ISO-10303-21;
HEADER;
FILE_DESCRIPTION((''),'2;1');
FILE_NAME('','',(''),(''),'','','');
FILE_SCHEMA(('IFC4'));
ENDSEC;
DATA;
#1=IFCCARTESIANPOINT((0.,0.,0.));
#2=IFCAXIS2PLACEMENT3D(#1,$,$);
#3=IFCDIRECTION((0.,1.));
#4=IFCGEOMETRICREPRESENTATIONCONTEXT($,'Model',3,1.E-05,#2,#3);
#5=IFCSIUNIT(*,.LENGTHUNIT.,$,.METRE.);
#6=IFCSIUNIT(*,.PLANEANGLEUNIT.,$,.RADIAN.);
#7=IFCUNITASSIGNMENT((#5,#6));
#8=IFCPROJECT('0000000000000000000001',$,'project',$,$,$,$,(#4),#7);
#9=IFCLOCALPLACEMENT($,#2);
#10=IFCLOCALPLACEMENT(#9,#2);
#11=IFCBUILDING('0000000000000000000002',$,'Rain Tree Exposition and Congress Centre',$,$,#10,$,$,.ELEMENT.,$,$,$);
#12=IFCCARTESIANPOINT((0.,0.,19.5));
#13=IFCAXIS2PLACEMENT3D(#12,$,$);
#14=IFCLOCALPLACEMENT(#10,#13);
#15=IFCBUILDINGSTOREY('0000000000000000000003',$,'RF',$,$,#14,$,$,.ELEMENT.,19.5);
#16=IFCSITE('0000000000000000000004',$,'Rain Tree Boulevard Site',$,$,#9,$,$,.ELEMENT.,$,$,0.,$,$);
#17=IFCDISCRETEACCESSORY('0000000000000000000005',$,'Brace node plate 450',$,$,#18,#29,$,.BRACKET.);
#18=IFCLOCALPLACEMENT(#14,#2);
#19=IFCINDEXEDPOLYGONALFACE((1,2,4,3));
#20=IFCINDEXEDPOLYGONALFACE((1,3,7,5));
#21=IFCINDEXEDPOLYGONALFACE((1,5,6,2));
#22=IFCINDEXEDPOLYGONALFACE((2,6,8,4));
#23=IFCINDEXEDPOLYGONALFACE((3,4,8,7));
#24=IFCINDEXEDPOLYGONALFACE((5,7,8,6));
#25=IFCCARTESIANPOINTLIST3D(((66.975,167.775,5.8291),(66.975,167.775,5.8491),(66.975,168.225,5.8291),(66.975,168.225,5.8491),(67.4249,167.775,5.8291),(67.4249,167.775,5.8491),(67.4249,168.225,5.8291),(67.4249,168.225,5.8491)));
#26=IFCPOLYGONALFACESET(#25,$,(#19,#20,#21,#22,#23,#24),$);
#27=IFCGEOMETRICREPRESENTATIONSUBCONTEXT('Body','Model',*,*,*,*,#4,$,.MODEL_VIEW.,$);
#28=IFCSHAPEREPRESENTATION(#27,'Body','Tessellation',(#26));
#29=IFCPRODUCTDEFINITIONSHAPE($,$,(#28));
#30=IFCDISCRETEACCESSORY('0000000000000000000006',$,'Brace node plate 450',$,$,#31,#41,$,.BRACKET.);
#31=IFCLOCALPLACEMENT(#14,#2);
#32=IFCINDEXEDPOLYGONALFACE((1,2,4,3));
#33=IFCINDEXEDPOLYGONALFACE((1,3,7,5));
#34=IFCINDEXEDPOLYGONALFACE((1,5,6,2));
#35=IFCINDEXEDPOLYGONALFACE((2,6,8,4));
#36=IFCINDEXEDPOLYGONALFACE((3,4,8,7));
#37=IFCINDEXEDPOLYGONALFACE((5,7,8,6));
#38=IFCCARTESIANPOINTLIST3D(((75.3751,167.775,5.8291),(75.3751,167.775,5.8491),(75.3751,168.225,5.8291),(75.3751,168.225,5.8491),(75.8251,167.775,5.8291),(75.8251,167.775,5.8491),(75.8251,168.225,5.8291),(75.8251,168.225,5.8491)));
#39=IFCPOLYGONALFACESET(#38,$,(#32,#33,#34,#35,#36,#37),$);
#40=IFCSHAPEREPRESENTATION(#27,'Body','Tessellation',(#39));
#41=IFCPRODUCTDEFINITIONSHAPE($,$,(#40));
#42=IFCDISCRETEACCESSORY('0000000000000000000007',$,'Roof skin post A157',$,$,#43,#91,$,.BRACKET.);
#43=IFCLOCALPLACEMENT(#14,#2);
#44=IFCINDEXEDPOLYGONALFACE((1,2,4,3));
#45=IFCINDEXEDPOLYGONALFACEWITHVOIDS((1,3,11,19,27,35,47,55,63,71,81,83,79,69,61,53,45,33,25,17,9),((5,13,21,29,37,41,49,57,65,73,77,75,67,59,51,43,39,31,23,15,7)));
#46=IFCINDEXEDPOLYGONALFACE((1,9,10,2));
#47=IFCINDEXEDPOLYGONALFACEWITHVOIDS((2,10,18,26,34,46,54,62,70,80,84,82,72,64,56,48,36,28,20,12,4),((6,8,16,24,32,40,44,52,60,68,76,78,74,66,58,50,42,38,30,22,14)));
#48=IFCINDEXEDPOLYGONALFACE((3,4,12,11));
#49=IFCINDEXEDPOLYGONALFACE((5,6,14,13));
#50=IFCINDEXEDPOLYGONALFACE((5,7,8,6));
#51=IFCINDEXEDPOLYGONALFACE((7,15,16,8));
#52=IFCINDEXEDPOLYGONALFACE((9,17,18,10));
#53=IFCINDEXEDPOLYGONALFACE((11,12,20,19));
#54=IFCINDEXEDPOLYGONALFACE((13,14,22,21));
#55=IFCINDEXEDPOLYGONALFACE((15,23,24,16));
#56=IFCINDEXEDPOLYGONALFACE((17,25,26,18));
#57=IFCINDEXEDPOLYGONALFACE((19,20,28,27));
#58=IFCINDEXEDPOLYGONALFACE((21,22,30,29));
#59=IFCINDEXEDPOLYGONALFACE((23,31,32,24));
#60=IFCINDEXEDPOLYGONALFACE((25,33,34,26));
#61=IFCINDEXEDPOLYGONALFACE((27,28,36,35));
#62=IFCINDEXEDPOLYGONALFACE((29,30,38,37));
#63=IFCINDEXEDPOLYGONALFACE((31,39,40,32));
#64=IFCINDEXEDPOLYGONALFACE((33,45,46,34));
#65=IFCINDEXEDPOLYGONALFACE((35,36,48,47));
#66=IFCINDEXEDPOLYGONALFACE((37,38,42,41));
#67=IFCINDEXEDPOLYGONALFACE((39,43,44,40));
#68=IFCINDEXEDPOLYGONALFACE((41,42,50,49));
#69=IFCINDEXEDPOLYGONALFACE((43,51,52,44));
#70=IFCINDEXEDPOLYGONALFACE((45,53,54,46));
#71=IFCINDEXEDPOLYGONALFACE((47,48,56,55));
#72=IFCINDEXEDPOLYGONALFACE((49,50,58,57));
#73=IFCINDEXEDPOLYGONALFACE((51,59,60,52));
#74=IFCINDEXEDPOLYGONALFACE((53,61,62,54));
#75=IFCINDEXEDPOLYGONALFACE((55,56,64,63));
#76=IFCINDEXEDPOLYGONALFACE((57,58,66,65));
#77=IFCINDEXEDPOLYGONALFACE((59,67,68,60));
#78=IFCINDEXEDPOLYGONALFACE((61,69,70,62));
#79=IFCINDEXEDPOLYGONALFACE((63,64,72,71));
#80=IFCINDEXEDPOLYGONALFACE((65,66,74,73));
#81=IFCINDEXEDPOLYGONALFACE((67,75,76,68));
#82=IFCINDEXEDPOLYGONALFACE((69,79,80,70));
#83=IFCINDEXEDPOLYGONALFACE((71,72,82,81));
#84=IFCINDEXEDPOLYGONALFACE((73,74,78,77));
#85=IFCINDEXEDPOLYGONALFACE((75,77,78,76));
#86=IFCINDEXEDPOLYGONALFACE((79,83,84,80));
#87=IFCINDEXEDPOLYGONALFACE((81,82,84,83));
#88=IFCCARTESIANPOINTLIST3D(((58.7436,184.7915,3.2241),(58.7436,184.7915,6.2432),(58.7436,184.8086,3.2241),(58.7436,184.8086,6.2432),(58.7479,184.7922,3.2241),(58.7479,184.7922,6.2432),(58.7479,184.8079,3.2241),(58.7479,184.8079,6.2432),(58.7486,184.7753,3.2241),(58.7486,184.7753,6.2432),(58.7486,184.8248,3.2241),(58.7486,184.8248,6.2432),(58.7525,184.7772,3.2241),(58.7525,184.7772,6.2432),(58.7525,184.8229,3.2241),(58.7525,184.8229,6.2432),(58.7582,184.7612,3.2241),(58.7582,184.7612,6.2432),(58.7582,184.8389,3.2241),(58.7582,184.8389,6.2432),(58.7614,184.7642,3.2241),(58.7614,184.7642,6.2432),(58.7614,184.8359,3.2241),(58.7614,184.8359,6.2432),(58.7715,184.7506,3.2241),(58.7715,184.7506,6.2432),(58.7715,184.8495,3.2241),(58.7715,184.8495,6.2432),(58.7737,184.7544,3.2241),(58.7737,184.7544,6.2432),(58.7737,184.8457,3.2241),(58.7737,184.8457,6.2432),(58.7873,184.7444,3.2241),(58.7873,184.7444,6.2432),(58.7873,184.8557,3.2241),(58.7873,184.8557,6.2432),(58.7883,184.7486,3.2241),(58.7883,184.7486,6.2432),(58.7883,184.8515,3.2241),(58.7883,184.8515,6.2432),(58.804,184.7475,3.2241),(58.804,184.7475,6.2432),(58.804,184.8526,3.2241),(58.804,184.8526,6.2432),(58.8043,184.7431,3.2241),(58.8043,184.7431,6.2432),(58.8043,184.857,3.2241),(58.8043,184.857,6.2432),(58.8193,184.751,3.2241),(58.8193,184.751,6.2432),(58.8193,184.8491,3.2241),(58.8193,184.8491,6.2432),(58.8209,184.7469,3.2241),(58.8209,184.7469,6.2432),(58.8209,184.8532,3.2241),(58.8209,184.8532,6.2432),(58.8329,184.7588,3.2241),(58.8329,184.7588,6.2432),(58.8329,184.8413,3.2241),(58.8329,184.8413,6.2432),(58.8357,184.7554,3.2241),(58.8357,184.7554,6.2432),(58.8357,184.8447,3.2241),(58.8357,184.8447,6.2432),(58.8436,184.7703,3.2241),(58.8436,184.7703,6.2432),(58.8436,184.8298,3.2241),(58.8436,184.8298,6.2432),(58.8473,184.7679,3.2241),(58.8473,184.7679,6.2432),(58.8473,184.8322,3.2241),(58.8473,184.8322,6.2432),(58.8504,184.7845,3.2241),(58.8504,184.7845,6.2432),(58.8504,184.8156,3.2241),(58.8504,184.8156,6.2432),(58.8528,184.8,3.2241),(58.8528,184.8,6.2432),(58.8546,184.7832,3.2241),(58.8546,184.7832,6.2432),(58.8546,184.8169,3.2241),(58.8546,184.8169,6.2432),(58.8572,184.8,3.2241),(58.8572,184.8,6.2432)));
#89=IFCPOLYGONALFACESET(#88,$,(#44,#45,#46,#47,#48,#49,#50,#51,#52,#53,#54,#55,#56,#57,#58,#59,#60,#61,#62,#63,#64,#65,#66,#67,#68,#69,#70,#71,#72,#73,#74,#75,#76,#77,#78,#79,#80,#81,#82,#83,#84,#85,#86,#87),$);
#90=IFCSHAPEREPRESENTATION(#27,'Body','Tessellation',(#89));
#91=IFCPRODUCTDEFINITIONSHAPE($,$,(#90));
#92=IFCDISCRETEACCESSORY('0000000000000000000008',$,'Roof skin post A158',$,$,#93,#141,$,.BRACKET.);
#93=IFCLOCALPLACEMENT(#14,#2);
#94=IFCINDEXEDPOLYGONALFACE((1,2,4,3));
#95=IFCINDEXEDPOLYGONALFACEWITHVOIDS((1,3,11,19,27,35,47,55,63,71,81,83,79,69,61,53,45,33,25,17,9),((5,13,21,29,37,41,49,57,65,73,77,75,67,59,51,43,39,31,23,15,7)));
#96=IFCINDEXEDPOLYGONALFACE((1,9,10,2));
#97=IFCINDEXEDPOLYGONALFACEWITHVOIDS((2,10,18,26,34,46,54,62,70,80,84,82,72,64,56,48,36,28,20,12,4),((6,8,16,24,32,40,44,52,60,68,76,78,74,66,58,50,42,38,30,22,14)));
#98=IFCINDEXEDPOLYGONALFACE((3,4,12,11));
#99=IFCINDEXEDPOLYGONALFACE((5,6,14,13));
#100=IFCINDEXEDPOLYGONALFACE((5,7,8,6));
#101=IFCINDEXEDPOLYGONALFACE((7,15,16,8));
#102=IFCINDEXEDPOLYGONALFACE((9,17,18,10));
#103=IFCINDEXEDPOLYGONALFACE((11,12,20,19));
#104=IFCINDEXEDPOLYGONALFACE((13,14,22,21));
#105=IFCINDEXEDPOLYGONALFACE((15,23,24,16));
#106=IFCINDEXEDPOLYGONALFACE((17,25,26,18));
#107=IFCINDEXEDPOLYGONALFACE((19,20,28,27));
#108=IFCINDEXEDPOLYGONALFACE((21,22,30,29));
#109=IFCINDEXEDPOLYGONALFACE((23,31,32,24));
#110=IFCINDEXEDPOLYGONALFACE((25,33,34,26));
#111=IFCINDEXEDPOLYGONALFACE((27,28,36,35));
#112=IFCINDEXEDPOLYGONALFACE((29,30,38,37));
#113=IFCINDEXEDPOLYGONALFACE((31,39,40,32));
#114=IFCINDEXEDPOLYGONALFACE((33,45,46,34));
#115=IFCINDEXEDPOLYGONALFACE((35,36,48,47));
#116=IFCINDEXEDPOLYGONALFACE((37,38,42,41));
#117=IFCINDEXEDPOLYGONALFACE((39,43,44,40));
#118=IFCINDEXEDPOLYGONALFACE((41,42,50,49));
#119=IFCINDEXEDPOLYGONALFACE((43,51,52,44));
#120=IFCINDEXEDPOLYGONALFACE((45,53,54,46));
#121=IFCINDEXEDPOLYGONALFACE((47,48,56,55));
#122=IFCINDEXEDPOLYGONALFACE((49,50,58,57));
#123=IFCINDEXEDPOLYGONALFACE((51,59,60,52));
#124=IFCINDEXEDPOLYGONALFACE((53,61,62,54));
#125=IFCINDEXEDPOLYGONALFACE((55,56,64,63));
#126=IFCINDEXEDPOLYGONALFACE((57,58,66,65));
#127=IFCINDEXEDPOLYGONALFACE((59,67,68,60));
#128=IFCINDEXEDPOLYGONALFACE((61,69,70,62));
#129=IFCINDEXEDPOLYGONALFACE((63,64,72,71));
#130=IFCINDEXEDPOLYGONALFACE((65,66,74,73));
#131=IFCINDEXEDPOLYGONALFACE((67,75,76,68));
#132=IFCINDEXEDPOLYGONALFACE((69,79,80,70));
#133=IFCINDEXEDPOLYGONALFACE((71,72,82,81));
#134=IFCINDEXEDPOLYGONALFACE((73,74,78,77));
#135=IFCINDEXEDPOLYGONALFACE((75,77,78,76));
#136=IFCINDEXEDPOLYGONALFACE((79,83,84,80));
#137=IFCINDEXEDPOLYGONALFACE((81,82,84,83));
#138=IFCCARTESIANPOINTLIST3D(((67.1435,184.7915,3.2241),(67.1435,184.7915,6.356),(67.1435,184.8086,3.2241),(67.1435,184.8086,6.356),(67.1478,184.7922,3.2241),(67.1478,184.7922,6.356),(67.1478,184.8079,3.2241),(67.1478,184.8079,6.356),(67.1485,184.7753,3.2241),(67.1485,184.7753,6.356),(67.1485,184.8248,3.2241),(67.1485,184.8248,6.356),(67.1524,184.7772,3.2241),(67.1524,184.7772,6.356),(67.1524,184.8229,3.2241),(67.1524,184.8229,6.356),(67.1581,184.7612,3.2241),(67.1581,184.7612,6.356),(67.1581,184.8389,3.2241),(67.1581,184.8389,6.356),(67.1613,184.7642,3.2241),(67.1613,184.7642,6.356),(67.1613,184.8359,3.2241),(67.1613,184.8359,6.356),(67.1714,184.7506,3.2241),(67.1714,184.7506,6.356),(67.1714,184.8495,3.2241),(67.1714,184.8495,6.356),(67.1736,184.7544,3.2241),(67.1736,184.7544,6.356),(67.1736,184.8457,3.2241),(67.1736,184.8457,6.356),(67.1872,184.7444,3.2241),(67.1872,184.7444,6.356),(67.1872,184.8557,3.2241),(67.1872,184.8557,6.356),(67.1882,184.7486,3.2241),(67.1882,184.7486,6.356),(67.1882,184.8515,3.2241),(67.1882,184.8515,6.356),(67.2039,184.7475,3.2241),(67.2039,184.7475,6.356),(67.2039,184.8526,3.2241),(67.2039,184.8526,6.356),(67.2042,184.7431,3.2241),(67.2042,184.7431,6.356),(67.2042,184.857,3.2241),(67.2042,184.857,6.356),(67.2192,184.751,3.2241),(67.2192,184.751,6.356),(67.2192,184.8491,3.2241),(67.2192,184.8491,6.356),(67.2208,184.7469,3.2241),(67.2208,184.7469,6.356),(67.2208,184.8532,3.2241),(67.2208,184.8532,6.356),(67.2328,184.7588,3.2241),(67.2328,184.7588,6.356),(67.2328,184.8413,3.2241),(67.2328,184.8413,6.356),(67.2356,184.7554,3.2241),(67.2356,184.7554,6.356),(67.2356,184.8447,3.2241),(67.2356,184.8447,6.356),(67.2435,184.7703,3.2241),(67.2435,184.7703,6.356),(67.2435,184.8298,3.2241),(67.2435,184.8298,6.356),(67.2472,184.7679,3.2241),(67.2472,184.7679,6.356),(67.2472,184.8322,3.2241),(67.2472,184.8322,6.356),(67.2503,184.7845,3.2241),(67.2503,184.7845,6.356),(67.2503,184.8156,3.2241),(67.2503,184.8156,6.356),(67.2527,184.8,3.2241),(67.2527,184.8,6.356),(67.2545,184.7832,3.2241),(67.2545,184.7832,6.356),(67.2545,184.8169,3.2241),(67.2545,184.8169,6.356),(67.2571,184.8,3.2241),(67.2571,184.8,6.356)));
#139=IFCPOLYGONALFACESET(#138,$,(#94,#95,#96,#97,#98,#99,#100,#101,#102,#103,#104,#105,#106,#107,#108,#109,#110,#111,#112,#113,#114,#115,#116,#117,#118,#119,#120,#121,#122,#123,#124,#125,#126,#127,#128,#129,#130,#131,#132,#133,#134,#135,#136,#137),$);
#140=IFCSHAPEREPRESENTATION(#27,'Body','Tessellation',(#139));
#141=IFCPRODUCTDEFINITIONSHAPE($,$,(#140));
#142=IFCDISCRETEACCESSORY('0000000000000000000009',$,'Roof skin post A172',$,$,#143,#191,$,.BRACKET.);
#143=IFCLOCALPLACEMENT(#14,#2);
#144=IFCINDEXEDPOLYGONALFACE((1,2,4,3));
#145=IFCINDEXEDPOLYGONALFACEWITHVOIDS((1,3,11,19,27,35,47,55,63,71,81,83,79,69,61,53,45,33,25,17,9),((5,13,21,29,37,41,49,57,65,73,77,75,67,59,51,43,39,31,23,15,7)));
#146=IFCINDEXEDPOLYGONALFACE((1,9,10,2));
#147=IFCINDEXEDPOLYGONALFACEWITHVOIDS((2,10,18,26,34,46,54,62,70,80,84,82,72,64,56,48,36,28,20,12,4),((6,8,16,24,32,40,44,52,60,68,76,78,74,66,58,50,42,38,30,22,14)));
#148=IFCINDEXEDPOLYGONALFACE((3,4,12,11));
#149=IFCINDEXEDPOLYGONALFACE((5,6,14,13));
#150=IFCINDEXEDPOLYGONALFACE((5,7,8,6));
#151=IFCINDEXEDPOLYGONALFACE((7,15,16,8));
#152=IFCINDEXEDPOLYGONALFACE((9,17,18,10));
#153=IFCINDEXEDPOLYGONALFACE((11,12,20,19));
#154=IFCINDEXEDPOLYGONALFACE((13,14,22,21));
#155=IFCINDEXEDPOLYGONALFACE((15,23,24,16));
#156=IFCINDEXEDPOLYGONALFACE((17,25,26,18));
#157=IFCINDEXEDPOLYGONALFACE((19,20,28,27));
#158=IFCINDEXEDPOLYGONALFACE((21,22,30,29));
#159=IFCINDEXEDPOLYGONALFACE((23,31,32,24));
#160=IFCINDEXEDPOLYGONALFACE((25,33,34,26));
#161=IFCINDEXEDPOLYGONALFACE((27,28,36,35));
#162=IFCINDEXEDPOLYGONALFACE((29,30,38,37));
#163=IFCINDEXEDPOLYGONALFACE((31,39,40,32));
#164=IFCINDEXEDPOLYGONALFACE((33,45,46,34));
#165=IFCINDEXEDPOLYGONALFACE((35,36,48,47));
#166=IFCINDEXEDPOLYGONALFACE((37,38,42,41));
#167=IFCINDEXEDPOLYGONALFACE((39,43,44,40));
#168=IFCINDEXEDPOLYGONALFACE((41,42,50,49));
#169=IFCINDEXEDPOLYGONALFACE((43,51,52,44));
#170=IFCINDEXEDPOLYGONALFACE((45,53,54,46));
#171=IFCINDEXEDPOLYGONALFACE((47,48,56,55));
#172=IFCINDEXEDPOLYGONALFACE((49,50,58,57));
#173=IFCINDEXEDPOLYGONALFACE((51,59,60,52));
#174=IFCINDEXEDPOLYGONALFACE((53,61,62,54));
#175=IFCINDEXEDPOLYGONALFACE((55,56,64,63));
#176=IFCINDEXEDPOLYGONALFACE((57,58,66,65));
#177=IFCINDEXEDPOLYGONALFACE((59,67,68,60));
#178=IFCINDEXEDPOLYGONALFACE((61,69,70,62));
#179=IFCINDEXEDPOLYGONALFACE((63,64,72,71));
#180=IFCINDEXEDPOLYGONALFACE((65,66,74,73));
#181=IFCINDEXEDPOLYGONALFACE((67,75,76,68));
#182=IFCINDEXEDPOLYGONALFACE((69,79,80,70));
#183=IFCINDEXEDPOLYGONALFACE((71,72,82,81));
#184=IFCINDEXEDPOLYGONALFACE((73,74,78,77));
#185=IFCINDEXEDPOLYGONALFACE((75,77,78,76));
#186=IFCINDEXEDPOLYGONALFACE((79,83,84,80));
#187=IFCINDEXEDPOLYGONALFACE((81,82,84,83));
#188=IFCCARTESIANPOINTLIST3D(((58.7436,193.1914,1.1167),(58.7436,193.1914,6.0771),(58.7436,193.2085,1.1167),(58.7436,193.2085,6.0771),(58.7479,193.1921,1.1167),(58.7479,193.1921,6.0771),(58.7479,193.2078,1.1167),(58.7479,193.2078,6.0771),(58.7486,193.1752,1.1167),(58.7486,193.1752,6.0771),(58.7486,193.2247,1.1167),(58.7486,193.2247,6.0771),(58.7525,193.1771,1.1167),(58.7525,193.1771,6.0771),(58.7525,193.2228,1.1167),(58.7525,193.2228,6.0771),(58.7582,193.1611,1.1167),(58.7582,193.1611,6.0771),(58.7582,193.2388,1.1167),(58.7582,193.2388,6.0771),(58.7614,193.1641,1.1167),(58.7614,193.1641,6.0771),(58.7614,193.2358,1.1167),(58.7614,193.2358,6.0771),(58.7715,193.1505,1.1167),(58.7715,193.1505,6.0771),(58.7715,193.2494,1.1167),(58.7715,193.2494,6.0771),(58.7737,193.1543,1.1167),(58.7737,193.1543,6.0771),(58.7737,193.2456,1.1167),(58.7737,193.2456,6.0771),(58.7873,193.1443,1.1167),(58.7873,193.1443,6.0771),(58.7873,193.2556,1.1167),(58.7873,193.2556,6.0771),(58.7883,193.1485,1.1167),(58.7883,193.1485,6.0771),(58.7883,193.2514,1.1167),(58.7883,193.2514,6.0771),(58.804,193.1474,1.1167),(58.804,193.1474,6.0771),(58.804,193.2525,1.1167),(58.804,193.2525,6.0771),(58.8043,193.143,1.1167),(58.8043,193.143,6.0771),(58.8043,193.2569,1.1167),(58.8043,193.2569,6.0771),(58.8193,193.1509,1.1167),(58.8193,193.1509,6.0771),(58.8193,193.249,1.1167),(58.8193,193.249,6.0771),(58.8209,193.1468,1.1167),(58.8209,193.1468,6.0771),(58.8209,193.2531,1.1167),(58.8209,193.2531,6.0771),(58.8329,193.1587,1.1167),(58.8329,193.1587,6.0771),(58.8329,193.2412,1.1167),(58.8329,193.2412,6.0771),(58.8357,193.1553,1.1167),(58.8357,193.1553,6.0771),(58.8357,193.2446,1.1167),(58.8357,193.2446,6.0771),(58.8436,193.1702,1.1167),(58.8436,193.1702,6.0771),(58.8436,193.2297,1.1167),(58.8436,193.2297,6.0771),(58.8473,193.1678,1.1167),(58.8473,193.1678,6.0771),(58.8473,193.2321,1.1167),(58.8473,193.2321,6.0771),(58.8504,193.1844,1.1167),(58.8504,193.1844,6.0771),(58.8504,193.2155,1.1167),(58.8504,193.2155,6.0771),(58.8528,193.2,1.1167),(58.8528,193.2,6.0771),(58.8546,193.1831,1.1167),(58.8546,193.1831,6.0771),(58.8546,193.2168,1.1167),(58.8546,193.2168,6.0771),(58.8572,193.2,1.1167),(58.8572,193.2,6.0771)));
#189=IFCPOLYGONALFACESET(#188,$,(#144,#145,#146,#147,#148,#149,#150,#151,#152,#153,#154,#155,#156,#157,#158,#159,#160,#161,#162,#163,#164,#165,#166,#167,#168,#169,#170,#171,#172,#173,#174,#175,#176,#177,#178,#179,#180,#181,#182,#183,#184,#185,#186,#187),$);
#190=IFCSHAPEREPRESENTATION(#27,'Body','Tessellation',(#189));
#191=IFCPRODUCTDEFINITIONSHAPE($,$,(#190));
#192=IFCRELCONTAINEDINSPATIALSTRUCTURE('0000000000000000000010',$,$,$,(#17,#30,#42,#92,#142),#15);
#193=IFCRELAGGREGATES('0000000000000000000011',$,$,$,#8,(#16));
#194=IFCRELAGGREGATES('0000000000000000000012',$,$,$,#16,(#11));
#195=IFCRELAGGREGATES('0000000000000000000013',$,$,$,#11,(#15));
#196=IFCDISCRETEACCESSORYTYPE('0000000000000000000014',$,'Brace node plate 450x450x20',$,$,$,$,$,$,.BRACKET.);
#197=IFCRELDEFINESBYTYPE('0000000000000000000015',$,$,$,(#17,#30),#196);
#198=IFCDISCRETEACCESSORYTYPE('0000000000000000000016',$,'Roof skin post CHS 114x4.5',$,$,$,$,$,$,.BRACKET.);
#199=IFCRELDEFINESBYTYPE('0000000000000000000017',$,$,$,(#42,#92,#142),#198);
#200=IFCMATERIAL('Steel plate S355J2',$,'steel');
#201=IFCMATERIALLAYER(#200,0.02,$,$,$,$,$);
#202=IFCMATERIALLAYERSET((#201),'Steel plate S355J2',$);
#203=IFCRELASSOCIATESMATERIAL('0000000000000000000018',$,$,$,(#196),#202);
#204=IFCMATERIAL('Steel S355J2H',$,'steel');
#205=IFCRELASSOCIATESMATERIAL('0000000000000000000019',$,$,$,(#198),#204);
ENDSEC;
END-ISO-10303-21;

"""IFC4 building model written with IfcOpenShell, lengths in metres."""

from ifc_helpers import new_model, si_unit, direction, frame, origin, origin_2d, place, context, subcontext, project, spatial, rectangle, hollow_circle, extrude, material, layer, layer_set, material_profile, profile_set, type_object, element, save


model = new_model("IFC4")

# Units and contexts
model_context = context("Model", 3, precision=1e-05, world=origin(), true_north=direction((0.0, 1.0)))
body_context = subcontext(model_context, "Body", "Model", "MODEL_VIEW")
ifc_project = project(units=[si_unit("LENGTHUNIT", "METRE"), si_unit("PLANEANGLEUNIT", "RADIAN")], contexts=[model_context])

# Site, building, storey
site_placement = place(None, origin())
site = spatial("IfcSite", under=ifc_project, at=site_placement, Name="Rain Tree Boulevard Site", CompositionType="ELEMENT", RefElevation=0.0)
building_placement = place(site_placement, origin())
building = spatial("IfcBuilding", under=site, at=building_placement, Name="Rain Tree Exposition and Congress Centre", CompositionType="ELEMENT")
storey_placement = place(building_placement, frame((0.0, 0.0, 19.5)))
storey = spatial("IfcBuildingStorey", under=building, at=storey_placement, Name="RF", CompositionType="ELEMENT", Elevation=19.5)

# Discrete accessories
ifc_material_1 = material(Name="Steel plate S355J2", Category="steel")
ifc_layer_1 = layer(ifc_material_1, 0.02)
ifc_layer_set_1 = layer_set([ifc_layer_1], Name="Steel plate S355J2")
discrete_accessory_type_1 = type_object("IfcDiscreteAccessoryType", Name="Brace node plate 450x450x20", PredefinedType="BRACKET", material=ifc_layer_set_1)
for number, where, z_axis, x_axis, name in (
    (1, (67.2, 168.0, 5.8291), (0.0, 0.0, 1.0), (1.0, 0.0, 0.0), "Brace node plate 450"),
    (2, (75.6001, 168.0, 5.8291), (0.0, 0.0, 1.0), (1.0, 0.0, 0.0), "Brace node plate 450"),
):
    element("IfcDiscreteAccessory", number, at=place(storey_placement, frame(where, z_axis=z_axis, x_axis=x_axis)), inside=storey, type_object=discrete_accessory_type_1, Name=name, PredefinedType="BRACKET", context=body_context, shape_type="SweptSolid", body=[
        extrude(rectangle(XDim=0.45, YDim=0.45, at=origin_2d()), origin(), (0.0, 0.0, 1.0), 0.02),
    ])
ifc_material_2 = material(Name="Steel S355J2H", Category="steel")
ifc_material_profile_1 = material_profile(ifc_material_2, hollow_circle(Radius=0.0571, WallThickness=0.0044, at=origin_2d()), Name="CHS 114x4.5")
ifc_profile_set_1 = profile_set([ifc_material_profile_1], Name="Steel S355J2H")
discrete_accessory_type_2 = type_object("IfcDiscreteAccessoryType", Name="Roof skin post CHS 114x4.5", PredefinedType="BRACKET", material=ifc_profile_set_1)
discrete_accessory_1_placement = place(storey_placement, frame((58.8, 184.8, 3.2241), z_axis=(0.0, 0.0, 1.0), x_axis=(1.0, 0.0, 0.0)))
element("IfcDiscreteAccessory", 3, at=discrete_accessory_1_placement, inside=storey, type_object=discrete_accessory_type_2, Name="Roof skin post A157", PredefinedType="BRACKET", context=body_context, shape_type="SweptSolid", body=[
    extrude(hollow_circle(Radius=0.0571, WallThickness=0.0044, at=origin_2d()), origin(), (0.0, 0.0, 1.0), 3.019),
])
discrete_accessory_2_placement = place(storey_placement, frame((67.2, 184.8, 3.2241), z_axis=(0.0, 0.0, 1.0), x_axis=(1.0, 0.0, 0.0)))
element("IfcDiscreteAccessory", 4, at=discrete_accessory_2_placement, inside=storey, type_object=discrete_accessory_type_2, Name="Roof skin post A158", PredefinedType="BRACKET", context=body_context, shape_type="SweptSolid", body=[
    extrude(hollow_circle(Radius=0.0571, WallThickness=0.0044, at=origin_2d()), origin(), (0.0, 0.0, 1.0), 3.1318),
])
discrete_accessory_3_placement = place(storey_placement, frame((58.8, 193.2, 1.1167), z_axis=(0.0, 0.0, 1.0), x_axis=(1.0, 0.0, 0.0)))
element("IfcDiscreteAccessory", 5, at=discrete_accessory_3_placement, inside=storey, type_object=discrete_accessory_type_2, Name="Roof skin post A172", PredefinedType="BRACKET", context=body_context, shape_type="SweptSolid", body=[
    extrude(hollow_circle(Radius=0.0571, WallThickness=0.0044, at=origin_2d()), origin(), (0.0, 0.0, 1.0), 4.9604),
])

save(model, "model.ifc")
